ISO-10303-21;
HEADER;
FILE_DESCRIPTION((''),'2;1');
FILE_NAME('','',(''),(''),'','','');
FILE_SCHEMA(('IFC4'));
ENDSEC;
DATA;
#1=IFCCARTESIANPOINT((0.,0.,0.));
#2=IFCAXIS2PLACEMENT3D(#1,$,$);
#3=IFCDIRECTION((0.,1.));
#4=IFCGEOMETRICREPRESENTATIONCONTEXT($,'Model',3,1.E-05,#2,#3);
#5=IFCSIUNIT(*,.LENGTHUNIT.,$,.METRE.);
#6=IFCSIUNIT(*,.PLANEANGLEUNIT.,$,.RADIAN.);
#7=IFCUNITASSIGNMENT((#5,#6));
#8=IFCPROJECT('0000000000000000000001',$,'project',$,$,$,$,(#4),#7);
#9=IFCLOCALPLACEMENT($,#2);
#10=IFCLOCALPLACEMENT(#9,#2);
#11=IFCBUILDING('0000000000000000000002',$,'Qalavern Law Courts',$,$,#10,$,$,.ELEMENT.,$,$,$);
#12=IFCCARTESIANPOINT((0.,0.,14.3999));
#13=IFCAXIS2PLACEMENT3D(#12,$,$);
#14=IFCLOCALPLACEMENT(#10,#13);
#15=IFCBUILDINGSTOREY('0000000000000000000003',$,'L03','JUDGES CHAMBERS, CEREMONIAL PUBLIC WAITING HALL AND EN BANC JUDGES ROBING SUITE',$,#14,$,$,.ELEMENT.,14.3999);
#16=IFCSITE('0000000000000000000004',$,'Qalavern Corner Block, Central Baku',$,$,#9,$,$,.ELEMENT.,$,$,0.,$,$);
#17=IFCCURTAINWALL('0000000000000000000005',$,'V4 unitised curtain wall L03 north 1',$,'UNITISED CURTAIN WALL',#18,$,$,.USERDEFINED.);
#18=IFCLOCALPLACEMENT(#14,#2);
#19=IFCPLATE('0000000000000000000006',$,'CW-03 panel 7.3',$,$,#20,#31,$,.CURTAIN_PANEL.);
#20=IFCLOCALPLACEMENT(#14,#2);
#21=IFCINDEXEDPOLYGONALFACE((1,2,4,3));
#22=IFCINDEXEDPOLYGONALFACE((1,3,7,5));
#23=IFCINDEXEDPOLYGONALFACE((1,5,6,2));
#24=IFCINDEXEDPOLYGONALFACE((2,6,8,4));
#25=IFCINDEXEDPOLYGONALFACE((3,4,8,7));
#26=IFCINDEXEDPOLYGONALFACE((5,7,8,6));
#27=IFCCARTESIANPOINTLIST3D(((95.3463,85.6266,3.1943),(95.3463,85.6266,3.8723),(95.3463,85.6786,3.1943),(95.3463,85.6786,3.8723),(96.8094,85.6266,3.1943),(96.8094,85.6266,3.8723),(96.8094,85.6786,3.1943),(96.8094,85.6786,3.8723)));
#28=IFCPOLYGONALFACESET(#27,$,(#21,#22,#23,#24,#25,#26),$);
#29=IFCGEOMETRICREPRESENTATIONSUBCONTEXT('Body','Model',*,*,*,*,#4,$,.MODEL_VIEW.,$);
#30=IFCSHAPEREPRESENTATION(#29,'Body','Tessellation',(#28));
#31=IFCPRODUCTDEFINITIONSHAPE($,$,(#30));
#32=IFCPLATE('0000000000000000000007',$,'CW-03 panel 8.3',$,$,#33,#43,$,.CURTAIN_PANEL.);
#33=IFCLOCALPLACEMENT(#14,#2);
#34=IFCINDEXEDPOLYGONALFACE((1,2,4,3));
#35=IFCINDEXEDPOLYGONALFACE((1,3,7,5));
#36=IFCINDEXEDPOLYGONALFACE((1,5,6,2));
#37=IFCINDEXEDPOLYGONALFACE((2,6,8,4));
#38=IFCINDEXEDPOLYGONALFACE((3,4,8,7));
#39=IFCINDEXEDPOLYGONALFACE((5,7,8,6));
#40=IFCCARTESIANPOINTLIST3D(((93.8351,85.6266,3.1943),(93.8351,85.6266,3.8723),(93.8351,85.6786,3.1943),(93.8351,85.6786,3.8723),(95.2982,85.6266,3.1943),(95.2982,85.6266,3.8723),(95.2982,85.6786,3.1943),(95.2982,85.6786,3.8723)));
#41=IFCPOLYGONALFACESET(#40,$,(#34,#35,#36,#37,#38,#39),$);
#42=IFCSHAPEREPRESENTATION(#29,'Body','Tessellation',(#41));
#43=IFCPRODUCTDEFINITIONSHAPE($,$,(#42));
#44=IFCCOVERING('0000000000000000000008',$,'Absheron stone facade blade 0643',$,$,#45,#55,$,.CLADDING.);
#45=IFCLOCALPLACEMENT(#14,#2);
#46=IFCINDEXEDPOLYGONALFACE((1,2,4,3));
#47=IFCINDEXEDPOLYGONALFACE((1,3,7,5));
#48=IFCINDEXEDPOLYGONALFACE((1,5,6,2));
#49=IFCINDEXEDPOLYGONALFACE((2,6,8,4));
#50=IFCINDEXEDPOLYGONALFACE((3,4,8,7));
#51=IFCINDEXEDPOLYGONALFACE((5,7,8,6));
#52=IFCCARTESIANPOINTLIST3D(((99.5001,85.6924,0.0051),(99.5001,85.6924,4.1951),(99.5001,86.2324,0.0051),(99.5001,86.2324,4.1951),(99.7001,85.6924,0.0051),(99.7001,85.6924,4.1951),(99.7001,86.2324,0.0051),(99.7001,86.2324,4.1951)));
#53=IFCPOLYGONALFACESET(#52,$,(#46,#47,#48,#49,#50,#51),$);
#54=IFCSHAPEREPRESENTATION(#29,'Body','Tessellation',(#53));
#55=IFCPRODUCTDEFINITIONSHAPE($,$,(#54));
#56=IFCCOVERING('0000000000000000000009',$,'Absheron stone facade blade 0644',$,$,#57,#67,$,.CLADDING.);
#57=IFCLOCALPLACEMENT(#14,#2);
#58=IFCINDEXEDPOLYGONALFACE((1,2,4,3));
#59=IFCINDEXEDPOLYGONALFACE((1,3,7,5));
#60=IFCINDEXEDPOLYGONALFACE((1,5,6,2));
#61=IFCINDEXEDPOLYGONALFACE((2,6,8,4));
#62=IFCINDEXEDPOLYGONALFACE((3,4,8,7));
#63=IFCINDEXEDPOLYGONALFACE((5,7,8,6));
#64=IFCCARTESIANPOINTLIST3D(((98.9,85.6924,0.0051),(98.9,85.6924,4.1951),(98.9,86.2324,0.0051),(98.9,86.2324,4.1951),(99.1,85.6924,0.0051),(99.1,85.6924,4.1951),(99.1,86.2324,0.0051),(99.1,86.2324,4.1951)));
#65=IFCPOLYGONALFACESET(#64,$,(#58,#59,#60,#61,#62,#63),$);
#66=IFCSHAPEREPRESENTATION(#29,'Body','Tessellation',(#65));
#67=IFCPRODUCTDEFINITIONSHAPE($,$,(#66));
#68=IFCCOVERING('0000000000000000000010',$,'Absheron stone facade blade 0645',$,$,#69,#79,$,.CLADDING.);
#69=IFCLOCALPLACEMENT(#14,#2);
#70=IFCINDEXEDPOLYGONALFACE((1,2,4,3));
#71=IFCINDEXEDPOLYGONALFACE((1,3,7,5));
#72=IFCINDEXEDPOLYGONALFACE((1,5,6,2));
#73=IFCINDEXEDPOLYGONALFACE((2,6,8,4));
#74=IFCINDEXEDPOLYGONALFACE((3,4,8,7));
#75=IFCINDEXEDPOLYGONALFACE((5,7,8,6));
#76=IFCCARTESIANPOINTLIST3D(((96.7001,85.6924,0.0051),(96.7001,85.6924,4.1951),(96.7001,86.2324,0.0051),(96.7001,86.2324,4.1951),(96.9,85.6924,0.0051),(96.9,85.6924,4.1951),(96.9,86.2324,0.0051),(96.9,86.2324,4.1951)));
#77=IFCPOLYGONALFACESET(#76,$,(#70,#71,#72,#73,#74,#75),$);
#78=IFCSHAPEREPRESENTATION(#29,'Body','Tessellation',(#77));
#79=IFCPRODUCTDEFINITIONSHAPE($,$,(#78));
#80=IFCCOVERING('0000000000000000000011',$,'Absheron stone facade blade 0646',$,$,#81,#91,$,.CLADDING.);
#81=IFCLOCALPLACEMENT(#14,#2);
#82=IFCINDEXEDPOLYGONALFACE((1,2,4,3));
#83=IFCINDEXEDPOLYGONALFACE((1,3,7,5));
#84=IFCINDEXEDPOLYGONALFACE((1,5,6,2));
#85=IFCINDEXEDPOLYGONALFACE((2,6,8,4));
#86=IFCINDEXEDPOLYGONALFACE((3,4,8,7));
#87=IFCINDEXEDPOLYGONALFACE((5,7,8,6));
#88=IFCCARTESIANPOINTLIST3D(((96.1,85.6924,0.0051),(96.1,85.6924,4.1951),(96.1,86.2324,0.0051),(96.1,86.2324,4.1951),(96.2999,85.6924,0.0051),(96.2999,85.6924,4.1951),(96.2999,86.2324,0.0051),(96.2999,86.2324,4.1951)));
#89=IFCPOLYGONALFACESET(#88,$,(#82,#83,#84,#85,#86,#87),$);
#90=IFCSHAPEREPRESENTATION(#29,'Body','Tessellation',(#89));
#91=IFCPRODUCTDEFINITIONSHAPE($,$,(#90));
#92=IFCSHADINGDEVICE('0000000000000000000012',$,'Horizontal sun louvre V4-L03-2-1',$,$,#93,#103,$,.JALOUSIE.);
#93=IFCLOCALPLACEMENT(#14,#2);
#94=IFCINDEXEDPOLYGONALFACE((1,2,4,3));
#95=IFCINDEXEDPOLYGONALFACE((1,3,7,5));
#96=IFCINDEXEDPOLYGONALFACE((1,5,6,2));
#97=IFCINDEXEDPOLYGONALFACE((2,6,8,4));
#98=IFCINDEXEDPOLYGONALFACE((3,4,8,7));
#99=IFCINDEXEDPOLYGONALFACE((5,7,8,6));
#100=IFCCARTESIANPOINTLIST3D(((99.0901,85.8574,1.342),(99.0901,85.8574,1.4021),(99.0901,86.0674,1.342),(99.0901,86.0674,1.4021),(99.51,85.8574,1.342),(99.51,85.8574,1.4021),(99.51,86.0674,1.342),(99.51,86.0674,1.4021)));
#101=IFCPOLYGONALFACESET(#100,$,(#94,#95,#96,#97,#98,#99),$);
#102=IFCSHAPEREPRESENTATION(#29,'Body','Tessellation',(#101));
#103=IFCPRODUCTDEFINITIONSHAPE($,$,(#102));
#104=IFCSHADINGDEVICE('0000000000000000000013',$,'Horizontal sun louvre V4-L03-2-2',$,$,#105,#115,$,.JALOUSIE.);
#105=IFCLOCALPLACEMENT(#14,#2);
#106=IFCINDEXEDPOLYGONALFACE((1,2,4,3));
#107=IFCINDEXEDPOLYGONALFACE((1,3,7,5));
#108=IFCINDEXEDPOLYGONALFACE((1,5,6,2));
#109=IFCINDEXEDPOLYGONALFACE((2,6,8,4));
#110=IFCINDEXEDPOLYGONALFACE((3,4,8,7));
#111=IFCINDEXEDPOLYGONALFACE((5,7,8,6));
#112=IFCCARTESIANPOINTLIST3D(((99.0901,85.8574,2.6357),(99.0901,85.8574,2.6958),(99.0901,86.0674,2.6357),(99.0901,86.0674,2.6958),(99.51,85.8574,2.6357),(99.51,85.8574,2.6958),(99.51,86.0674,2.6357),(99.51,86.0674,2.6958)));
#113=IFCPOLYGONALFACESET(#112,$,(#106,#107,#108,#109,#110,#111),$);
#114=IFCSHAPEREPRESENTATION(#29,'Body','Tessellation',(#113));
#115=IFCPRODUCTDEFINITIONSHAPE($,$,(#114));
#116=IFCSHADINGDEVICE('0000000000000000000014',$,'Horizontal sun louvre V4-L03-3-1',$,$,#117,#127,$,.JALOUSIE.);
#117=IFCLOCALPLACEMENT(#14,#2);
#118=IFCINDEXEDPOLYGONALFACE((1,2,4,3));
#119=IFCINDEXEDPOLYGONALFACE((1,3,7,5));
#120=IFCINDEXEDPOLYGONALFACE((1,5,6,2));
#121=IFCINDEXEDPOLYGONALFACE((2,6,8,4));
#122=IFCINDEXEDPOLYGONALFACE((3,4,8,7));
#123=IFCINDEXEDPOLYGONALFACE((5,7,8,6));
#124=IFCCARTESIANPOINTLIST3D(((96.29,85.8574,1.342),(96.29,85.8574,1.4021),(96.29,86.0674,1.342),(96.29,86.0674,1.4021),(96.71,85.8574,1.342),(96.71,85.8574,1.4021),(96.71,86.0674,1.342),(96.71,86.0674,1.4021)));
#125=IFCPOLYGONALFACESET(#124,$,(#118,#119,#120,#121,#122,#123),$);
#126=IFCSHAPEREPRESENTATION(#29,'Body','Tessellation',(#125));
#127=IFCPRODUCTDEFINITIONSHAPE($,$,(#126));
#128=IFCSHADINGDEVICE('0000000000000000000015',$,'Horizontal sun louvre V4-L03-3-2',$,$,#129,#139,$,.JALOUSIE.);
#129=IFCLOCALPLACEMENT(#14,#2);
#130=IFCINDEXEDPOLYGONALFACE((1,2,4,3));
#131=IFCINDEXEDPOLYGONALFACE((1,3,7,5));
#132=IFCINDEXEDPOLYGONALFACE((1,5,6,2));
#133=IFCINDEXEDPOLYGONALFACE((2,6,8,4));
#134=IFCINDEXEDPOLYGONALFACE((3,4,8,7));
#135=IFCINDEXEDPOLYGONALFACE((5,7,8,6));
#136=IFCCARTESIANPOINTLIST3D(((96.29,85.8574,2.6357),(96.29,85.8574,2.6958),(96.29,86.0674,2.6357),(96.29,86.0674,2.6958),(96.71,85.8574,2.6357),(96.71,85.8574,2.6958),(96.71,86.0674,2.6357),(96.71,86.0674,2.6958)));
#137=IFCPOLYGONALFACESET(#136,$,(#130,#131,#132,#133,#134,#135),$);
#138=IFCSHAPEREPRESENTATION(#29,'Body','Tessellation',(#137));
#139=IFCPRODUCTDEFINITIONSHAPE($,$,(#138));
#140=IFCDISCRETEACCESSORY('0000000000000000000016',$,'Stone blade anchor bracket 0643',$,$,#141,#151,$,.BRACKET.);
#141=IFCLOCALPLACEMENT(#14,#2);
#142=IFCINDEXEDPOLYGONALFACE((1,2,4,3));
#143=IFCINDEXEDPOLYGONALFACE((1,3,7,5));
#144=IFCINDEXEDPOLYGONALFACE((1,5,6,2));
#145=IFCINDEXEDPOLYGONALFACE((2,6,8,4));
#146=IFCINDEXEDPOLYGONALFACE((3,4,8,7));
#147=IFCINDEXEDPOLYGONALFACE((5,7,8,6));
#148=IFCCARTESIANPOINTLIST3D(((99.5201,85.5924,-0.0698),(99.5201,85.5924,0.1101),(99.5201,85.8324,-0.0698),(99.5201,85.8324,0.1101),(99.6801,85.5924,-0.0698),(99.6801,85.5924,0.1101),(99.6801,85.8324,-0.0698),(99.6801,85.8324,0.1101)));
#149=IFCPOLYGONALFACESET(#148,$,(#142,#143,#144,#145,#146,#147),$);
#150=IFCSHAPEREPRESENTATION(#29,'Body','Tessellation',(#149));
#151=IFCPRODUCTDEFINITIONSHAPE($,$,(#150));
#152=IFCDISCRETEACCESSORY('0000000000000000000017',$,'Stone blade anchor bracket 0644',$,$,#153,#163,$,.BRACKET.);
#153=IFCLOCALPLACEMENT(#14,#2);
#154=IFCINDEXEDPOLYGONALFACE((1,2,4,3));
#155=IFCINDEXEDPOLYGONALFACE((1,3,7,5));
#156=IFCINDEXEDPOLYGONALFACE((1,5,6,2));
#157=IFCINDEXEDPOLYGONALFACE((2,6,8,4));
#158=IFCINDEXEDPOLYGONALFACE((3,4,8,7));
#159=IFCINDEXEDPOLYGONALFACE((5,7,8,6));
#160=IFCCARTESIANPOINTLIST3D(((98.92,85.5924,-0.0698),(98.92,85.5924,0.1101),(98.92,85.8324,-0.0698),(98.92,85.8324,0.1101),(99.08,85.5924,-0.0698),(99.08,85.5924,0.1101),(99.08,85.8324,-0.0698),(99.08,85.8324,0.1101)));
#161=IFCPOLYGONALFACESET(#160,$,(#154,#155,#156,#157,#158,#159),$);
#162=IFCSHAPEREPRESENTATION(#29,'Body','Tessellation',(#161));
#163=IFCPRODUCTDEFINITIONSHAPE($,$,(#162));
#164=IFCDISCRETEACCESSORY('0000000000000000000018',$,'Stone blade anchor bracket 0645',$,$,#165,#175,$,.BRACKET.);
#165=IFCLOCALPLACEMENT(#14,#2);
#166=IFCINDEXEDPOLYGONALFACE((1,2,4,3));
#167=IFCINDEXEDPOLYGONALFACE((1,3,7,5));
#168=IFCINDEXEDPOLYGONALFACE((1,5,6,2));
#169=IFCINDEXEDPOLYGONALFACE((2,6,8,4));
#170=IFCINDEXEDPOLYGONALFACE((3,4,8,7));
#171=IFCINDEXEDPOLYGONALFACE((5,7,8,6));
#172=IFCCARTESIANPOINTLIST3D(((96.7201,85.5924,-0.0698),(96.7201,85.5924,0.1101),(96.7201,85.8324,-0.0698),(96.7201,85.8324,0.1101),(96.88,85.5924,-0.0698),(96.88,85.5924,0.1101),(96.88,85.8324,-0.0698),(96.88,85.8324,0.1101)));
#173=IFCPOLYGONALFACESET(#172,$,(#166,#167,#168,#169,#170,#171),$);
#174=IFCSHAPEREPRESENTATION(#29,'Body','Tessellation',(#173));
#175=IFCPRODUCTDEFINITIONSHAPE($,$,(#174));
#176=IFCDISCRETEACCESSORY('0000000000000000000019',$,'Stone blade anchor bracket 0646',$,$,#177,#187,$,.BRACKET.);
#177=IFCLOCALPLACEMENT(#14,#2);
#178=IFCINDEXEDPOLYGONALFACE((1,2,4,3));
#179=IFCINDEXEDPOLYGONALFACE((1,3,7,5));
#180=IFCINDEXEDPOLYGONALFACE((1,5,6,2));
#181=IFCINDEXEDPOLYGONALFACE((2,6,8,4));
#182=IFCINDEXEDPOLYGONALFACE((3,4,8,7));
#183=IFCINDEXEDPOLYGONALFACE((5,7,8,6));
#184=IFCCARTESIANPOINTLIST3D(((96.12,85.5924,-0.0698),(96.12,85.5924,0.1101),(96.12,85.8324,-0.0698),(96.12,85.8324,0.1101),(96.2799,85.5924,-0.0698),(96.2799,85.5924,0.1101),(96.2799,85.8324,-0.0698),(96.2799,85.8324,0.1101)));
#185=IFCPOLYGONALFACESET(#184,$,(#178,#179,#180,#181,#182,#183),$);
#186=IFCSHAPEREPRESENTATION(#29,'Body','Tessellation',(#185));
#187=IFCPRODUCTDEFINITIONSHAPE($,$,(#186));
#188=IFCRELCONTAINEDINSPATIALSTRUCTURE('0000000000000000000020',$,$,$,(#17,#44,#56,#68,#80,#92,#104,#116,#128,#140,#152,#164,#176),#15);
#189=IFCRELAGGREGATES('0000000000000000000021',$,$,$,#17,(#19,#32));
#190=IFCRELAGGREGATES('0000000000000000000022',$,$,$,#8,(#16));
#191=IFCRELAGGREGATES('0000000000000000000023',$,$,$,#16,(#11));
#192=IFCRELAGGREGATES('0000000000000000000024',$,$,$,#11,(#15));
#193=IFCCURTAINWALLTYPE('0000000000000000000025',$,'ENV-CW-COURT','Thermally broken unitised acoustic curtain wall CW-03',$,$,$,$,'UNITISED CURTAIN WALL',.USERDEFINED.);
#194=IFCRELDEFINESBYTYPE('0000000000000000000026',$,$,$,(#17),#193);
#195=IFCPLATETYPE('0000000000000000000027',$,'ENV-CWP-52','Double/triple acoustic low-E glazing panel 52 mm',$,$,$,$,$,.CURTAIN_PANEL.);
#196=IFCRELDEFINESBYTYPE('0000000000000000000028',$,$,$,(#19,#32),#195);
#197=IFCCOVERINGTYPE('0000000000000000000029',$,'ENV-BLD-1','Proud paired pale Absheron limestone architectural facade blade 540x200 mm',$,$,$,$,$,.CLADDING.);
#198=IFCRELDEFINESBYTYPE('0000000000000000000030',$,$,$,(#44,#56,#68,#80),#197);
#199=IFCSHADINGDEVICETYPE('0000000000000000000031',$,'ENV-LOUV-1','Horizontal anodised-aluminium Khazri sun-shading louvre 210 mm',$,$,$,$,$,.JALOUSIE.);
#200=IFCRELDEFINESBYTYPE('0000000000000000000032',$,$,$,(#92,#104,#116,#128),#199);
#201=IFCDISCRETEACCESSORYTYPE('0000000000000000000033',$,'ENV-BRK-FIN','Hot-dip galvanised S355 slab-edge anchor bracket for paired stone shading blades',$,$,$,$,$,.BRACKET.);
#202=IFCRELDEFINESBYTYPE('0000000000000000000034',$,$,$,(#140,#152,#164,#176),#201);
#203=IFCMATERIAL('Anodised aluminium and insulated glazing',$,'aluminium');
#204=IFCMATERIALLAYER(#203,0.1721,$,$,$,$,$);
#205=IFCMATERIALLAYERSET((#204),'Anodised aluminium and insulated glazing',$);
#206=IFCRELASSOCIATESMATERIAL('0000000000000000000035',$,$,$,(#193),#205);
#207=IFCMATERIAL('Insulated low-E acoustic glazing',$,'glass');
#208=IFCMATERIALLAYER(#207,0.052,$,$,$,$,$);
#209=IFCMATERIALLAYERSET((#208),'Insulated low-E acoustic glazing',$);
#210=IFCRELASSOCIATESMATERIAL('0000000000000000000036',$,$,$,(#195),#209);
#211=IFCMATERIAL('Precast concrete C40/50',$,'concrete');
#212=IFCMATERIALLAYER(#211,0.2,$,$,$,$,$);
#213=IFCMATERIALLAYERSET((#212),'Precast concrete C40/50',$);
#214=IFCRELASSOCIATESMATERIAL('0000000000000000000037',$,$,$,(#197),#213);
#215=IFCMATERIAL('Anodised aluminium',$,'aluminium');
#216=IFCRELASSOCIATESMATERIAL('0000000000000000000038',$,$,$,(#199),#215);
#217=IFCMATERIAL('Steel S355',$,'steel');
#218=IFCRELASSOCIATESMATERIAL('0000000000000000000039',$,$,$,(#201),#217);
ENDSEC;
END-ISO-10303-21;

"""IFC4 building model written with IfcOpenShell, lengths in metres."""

from ifc_helpers import new_model, si_unit, direction, frame, origin, origin_2d, place, context, subcontext, project, spatial, rectangle, extrude, material, layer, layer_set, type_object, element, aggregate, save


model = new_model("IFC4")

# Units and contexts
model_context = context("Model", 3, precision=1e-05, world=origin(), true_north=direction((0.0, 1.0)))
body_context = subcontext(model_context, "Body", "Model", "MODEL_VIEW")
ifc_project = project(units=[si_unit("LENGTHUNIT", "METRE"), si_unit("PLANEANGLEUNIT", "RADIAN")], contexts=[model_context])

# Site, building, storey
site_placement = place(None, origin())
site = spatial("IfcSite", under=ifc_project, at=site_placement, Name="Qalavern Corner Block, Central Baku", CompositionType="ELEMENT", RefElevation=0.0)
building_placement = place(site_placement, origin())
building = spatial("IfcBuilding", under=site, at=building_placement, Name="Qalavern Law Courts", CompositionType="ELEMENT")
storey_placement = place(building_placement, frame((0.0, 0.0, 14.3999)))
storey = spatial("IfcBuildingStorey", under=building, at=storey_placement, Name="L03", Description="JUDGES CHAMBERS, CEREMONIAL PUBLIC WAITING HALL AND EN BANC JUDGES ROBING SUITE", CompositionType="ELEMENT", Elevation=14.3999)

# Curtain wall, plates
ifc_material_1 = material(Name="Anodised aluminium and insulated glazing", Category="aluminium")
ifc_layer_1 = layer(ifc_material_1, 0.1721)
ifc_layer_set_1 = layer_set([ifc_layer_1], Name="Anodised aluminium and insulated glazing")
curtain_wall_type = type_object("IfcCurtainWallType", Name="ENV-CW-COURT", Description="Thermally broken unitised acoustic curtain wall CW-03", ElementType="UNITISED CURTAIN WALL", PredefinedType="USERDEFINED", material=ifc_layer_set_1)
curtain_wall_placement = place(storey_placement, origin())
curtain_wall = element("IfcCurtainWall", 1, at=curtain_wall_placement, inside=storey, type_object=curtain_wall_type, Name="V4 unitised curtain wall L03 north 1", ObjectType="UNITISED CURTAIN WALL", PredefinedType="USERDEFINED")
ifc_material_2 = material(Name="Anodised aluminium", Category="aluminium")
ifc_material_3 = material(Name="Insulated low-E acoustic glazing", Category="glass")
ifc_layer_2 = layer(ifc_material_3, 0.052)
ifc_layer_set_2 = layer_set([ifc_layer_2], Name="Insulated low-E acoustic glazing")
plate_type = type_object("IfcPlateType", Name="ENV-CWP-52", Description="Double/triple acoustic low-E glazing panel 52 mm", PredefinedType="CURTAIN_PANEL", material=ifc_layer_set_2)
plate_1_placement = place(storey_placement, frame((96.0779, 85.6526, 3.1943), z_axis=(0.0, 0.0, 1.0), x_axis=(-1.0, 0.0, 0.0)))
plate_1 = element("IfcPlate", 2, at=plate_1_placement, type_object=plate_type, Name="CW-03 panel 7.3", PredefinedType="CURTAIN_PANEL", context=body_context, shape_type="SweptSolid", body=[
    extrude(rectangle(XDim=1.4631, YDim=0.052, at=origin_2d()), origin(), (0.0, 0.0, 1.0), 0.678),
])
plate_2_placement = place(storey_placement, frame((94.5667, 85.6526, 3.1943), z_axis=(0.0, 0.0, 1.0), x_axis=(-1.0, 0.0, 0.0)))
plate_2 = element("IfcPlate", 3, at=plate_2_placement, type_object=plate_type, Name="CW-03 panel 8.3", PredefinedType="CURTAIN_PANEL", context=body_context, shape_type="SweptSolid", body=[
    extrude(rectangle(XDim=1.4631, YDim=0.052, at=origin_2d()), origin(), (0.0, 0.0, 1.0), 0.678),
])
aggregate(curtain_wall, [plate_1, plate_2])

# Coverings
ifc_material_4 = material(Name="Precast concrete C40/50", Category="concrete")
ifc_layer_3 = layer(ifc_material_4, 0.2)
ifc_layer_set_3 = layer_set([ifc_layer_3], Name="Precast concrete C40/50")
covering_type = type_object("IfcCoveringType", Name="ENV-BLD-1", Description="Proud paired pale Absheron limestone architectural facade blade 540x200 mm", PredefinedType="CLADDING", material=ifc_layer_set_3)
for number, where, z_axis, x_axis, name in (
    (4, (99.6001, 85.9624, 0.0051), (0.0, 0.0, 1.0), (0.0, 1.0, 0.0), "Absheron stone facade blade 0643"),
    (5, (99.0, 85.9624, 0.0051), (0.0, 0.0, 1.0), (0.0, 1.0, 0.0), "Absheron stone facade blade 0644"),
    (6, (96.8, 85.9624, 0.0051), (0.0, 0.0, 1.0), (0.0, 1.0, 0.0), "Absheron stone facade blade 0645"),
    (7, (96.2, 85.9624, 0.0051), (0.0, 0.0, 1.0), (0.0, 1.0, 0.0), "Absheron stone facade blade 0646"),
):
    element("IfcCovering", number, at=place(storey_placement, frame(where, z_axis=z_axis, x_axis=x_axis)), inside=storey, type_object=covering_type, Name=name, PredefinedType="CLADDING", context=body_context, shape_type="SweptSolid", body=[
        extrude(rectangle(XDim=0.54, YDim=0.2, at=origin_2d()), origin(), (0.0, 0.0, 1.0), 4.1899),
    ])

# Shading devices
shading_device_type = type_object("IfcShadingDeviceType", Name="ENV-LOUV-1", Description="Horizontal anodised-aluminium Khazri sun-shading louvre 210 mm", PredefinedType="JALOUSIE", material=ifc_material_2)
for number, where, z_axis, x_axis, name in (
    (8, (99.3, 85.9624, 1.342), (0.0, 0.0, 1.0), (-1.0, 0.0, 0.0), "Horizontal sun louvre V4-L03-2-1"),
    (9, (99.3, 85.9624, 2.6357), (0.0, 0.0, 1.0), (-1.0, 0.0, 0.0), "Horizontal sun louvre V4-L03-2-2"),
    (10, (96.5, 85.9624, 1.342), (0.0, 0.0, 1.0), (-1.0, 0.0, 0.0), "Horizontal sun louvre V4-L03-3-1"),
    (11, (96.5, 85.9624, 2.6357), (0.0, 0.0, 1.0), (-1.0, 0.0, 0.0), "Horizontal sun louvre V4-L03-3-2"),
):
    element("IfcShadingDevice", number, at=place(storey_placement, frame(where, z_axis=z_axis, x_axis=x_axis)), inside=storey, type_object=shading_device_type, Name=name, PredefinedType="JALOUSIE", context=body_context, shape_type="SweptSolid", body=[
        extrude(rectangle(XDim=0.4199, YDim=0.21, at=origin_2d()), origin(), (0.0, 0.0, 1.0), 0.0601),
    ])

# Discrete accessories
ifc_material_5 = material(Name="Steel S355", Category="steel")
discrete_accessory_type = type_object("IfcDiscreteAccessoryType", Name="ENV-BRK-FIN", Description="Hot-dip galvanised S355 slab-edge anchor bracket for paired stone shading blades", PredefinedType="BRACKET", material=ifc_material_5)
for number, where, z_axis, x_axis, name in (
    (12, (99.6001, 85.7124, -0.0698), (0.0, 0.0, 1.0), (0.0, 1.0, 0.0), "Stone blade anchor bracket 0643"),
    (13, (99.0, 85.7124, -0.0698), (0.0, 0.0, 1.0), (0.0, 1.0, 0.0), "Stone blade anchor bracket 0644"),
    (14, (96.8, 85.7124, -0.0698), (0.0, 0.0, 1.0), (0.0, 1.0, 0.0), "Stone blade anchor bracket 0645"),
    (15, (96.2, 85.7124, -0.0698), (0.0, 0.0, 1.0), (0.0, 1.0, 0.0), "Stone blade anchor bracket 0646"),
):
    element("IfcDiscreteAccessory", number, at=place(storey_placement, frame(where, z_axis=z_axis, x_axis=x_axis)), inside=storey, type_object=discrete_accessory_type, Name=name, PredefinedType="BRACKET", context=body_context, shape_type="SweptSolid", body=[
        extrude(rectangle(XDim=0.24, YDim=0.1599, at=origin_2d()), origin(), (0.0, 0.0, 1.0), 0.1799),
    ])

save(model, "model.ifc")
